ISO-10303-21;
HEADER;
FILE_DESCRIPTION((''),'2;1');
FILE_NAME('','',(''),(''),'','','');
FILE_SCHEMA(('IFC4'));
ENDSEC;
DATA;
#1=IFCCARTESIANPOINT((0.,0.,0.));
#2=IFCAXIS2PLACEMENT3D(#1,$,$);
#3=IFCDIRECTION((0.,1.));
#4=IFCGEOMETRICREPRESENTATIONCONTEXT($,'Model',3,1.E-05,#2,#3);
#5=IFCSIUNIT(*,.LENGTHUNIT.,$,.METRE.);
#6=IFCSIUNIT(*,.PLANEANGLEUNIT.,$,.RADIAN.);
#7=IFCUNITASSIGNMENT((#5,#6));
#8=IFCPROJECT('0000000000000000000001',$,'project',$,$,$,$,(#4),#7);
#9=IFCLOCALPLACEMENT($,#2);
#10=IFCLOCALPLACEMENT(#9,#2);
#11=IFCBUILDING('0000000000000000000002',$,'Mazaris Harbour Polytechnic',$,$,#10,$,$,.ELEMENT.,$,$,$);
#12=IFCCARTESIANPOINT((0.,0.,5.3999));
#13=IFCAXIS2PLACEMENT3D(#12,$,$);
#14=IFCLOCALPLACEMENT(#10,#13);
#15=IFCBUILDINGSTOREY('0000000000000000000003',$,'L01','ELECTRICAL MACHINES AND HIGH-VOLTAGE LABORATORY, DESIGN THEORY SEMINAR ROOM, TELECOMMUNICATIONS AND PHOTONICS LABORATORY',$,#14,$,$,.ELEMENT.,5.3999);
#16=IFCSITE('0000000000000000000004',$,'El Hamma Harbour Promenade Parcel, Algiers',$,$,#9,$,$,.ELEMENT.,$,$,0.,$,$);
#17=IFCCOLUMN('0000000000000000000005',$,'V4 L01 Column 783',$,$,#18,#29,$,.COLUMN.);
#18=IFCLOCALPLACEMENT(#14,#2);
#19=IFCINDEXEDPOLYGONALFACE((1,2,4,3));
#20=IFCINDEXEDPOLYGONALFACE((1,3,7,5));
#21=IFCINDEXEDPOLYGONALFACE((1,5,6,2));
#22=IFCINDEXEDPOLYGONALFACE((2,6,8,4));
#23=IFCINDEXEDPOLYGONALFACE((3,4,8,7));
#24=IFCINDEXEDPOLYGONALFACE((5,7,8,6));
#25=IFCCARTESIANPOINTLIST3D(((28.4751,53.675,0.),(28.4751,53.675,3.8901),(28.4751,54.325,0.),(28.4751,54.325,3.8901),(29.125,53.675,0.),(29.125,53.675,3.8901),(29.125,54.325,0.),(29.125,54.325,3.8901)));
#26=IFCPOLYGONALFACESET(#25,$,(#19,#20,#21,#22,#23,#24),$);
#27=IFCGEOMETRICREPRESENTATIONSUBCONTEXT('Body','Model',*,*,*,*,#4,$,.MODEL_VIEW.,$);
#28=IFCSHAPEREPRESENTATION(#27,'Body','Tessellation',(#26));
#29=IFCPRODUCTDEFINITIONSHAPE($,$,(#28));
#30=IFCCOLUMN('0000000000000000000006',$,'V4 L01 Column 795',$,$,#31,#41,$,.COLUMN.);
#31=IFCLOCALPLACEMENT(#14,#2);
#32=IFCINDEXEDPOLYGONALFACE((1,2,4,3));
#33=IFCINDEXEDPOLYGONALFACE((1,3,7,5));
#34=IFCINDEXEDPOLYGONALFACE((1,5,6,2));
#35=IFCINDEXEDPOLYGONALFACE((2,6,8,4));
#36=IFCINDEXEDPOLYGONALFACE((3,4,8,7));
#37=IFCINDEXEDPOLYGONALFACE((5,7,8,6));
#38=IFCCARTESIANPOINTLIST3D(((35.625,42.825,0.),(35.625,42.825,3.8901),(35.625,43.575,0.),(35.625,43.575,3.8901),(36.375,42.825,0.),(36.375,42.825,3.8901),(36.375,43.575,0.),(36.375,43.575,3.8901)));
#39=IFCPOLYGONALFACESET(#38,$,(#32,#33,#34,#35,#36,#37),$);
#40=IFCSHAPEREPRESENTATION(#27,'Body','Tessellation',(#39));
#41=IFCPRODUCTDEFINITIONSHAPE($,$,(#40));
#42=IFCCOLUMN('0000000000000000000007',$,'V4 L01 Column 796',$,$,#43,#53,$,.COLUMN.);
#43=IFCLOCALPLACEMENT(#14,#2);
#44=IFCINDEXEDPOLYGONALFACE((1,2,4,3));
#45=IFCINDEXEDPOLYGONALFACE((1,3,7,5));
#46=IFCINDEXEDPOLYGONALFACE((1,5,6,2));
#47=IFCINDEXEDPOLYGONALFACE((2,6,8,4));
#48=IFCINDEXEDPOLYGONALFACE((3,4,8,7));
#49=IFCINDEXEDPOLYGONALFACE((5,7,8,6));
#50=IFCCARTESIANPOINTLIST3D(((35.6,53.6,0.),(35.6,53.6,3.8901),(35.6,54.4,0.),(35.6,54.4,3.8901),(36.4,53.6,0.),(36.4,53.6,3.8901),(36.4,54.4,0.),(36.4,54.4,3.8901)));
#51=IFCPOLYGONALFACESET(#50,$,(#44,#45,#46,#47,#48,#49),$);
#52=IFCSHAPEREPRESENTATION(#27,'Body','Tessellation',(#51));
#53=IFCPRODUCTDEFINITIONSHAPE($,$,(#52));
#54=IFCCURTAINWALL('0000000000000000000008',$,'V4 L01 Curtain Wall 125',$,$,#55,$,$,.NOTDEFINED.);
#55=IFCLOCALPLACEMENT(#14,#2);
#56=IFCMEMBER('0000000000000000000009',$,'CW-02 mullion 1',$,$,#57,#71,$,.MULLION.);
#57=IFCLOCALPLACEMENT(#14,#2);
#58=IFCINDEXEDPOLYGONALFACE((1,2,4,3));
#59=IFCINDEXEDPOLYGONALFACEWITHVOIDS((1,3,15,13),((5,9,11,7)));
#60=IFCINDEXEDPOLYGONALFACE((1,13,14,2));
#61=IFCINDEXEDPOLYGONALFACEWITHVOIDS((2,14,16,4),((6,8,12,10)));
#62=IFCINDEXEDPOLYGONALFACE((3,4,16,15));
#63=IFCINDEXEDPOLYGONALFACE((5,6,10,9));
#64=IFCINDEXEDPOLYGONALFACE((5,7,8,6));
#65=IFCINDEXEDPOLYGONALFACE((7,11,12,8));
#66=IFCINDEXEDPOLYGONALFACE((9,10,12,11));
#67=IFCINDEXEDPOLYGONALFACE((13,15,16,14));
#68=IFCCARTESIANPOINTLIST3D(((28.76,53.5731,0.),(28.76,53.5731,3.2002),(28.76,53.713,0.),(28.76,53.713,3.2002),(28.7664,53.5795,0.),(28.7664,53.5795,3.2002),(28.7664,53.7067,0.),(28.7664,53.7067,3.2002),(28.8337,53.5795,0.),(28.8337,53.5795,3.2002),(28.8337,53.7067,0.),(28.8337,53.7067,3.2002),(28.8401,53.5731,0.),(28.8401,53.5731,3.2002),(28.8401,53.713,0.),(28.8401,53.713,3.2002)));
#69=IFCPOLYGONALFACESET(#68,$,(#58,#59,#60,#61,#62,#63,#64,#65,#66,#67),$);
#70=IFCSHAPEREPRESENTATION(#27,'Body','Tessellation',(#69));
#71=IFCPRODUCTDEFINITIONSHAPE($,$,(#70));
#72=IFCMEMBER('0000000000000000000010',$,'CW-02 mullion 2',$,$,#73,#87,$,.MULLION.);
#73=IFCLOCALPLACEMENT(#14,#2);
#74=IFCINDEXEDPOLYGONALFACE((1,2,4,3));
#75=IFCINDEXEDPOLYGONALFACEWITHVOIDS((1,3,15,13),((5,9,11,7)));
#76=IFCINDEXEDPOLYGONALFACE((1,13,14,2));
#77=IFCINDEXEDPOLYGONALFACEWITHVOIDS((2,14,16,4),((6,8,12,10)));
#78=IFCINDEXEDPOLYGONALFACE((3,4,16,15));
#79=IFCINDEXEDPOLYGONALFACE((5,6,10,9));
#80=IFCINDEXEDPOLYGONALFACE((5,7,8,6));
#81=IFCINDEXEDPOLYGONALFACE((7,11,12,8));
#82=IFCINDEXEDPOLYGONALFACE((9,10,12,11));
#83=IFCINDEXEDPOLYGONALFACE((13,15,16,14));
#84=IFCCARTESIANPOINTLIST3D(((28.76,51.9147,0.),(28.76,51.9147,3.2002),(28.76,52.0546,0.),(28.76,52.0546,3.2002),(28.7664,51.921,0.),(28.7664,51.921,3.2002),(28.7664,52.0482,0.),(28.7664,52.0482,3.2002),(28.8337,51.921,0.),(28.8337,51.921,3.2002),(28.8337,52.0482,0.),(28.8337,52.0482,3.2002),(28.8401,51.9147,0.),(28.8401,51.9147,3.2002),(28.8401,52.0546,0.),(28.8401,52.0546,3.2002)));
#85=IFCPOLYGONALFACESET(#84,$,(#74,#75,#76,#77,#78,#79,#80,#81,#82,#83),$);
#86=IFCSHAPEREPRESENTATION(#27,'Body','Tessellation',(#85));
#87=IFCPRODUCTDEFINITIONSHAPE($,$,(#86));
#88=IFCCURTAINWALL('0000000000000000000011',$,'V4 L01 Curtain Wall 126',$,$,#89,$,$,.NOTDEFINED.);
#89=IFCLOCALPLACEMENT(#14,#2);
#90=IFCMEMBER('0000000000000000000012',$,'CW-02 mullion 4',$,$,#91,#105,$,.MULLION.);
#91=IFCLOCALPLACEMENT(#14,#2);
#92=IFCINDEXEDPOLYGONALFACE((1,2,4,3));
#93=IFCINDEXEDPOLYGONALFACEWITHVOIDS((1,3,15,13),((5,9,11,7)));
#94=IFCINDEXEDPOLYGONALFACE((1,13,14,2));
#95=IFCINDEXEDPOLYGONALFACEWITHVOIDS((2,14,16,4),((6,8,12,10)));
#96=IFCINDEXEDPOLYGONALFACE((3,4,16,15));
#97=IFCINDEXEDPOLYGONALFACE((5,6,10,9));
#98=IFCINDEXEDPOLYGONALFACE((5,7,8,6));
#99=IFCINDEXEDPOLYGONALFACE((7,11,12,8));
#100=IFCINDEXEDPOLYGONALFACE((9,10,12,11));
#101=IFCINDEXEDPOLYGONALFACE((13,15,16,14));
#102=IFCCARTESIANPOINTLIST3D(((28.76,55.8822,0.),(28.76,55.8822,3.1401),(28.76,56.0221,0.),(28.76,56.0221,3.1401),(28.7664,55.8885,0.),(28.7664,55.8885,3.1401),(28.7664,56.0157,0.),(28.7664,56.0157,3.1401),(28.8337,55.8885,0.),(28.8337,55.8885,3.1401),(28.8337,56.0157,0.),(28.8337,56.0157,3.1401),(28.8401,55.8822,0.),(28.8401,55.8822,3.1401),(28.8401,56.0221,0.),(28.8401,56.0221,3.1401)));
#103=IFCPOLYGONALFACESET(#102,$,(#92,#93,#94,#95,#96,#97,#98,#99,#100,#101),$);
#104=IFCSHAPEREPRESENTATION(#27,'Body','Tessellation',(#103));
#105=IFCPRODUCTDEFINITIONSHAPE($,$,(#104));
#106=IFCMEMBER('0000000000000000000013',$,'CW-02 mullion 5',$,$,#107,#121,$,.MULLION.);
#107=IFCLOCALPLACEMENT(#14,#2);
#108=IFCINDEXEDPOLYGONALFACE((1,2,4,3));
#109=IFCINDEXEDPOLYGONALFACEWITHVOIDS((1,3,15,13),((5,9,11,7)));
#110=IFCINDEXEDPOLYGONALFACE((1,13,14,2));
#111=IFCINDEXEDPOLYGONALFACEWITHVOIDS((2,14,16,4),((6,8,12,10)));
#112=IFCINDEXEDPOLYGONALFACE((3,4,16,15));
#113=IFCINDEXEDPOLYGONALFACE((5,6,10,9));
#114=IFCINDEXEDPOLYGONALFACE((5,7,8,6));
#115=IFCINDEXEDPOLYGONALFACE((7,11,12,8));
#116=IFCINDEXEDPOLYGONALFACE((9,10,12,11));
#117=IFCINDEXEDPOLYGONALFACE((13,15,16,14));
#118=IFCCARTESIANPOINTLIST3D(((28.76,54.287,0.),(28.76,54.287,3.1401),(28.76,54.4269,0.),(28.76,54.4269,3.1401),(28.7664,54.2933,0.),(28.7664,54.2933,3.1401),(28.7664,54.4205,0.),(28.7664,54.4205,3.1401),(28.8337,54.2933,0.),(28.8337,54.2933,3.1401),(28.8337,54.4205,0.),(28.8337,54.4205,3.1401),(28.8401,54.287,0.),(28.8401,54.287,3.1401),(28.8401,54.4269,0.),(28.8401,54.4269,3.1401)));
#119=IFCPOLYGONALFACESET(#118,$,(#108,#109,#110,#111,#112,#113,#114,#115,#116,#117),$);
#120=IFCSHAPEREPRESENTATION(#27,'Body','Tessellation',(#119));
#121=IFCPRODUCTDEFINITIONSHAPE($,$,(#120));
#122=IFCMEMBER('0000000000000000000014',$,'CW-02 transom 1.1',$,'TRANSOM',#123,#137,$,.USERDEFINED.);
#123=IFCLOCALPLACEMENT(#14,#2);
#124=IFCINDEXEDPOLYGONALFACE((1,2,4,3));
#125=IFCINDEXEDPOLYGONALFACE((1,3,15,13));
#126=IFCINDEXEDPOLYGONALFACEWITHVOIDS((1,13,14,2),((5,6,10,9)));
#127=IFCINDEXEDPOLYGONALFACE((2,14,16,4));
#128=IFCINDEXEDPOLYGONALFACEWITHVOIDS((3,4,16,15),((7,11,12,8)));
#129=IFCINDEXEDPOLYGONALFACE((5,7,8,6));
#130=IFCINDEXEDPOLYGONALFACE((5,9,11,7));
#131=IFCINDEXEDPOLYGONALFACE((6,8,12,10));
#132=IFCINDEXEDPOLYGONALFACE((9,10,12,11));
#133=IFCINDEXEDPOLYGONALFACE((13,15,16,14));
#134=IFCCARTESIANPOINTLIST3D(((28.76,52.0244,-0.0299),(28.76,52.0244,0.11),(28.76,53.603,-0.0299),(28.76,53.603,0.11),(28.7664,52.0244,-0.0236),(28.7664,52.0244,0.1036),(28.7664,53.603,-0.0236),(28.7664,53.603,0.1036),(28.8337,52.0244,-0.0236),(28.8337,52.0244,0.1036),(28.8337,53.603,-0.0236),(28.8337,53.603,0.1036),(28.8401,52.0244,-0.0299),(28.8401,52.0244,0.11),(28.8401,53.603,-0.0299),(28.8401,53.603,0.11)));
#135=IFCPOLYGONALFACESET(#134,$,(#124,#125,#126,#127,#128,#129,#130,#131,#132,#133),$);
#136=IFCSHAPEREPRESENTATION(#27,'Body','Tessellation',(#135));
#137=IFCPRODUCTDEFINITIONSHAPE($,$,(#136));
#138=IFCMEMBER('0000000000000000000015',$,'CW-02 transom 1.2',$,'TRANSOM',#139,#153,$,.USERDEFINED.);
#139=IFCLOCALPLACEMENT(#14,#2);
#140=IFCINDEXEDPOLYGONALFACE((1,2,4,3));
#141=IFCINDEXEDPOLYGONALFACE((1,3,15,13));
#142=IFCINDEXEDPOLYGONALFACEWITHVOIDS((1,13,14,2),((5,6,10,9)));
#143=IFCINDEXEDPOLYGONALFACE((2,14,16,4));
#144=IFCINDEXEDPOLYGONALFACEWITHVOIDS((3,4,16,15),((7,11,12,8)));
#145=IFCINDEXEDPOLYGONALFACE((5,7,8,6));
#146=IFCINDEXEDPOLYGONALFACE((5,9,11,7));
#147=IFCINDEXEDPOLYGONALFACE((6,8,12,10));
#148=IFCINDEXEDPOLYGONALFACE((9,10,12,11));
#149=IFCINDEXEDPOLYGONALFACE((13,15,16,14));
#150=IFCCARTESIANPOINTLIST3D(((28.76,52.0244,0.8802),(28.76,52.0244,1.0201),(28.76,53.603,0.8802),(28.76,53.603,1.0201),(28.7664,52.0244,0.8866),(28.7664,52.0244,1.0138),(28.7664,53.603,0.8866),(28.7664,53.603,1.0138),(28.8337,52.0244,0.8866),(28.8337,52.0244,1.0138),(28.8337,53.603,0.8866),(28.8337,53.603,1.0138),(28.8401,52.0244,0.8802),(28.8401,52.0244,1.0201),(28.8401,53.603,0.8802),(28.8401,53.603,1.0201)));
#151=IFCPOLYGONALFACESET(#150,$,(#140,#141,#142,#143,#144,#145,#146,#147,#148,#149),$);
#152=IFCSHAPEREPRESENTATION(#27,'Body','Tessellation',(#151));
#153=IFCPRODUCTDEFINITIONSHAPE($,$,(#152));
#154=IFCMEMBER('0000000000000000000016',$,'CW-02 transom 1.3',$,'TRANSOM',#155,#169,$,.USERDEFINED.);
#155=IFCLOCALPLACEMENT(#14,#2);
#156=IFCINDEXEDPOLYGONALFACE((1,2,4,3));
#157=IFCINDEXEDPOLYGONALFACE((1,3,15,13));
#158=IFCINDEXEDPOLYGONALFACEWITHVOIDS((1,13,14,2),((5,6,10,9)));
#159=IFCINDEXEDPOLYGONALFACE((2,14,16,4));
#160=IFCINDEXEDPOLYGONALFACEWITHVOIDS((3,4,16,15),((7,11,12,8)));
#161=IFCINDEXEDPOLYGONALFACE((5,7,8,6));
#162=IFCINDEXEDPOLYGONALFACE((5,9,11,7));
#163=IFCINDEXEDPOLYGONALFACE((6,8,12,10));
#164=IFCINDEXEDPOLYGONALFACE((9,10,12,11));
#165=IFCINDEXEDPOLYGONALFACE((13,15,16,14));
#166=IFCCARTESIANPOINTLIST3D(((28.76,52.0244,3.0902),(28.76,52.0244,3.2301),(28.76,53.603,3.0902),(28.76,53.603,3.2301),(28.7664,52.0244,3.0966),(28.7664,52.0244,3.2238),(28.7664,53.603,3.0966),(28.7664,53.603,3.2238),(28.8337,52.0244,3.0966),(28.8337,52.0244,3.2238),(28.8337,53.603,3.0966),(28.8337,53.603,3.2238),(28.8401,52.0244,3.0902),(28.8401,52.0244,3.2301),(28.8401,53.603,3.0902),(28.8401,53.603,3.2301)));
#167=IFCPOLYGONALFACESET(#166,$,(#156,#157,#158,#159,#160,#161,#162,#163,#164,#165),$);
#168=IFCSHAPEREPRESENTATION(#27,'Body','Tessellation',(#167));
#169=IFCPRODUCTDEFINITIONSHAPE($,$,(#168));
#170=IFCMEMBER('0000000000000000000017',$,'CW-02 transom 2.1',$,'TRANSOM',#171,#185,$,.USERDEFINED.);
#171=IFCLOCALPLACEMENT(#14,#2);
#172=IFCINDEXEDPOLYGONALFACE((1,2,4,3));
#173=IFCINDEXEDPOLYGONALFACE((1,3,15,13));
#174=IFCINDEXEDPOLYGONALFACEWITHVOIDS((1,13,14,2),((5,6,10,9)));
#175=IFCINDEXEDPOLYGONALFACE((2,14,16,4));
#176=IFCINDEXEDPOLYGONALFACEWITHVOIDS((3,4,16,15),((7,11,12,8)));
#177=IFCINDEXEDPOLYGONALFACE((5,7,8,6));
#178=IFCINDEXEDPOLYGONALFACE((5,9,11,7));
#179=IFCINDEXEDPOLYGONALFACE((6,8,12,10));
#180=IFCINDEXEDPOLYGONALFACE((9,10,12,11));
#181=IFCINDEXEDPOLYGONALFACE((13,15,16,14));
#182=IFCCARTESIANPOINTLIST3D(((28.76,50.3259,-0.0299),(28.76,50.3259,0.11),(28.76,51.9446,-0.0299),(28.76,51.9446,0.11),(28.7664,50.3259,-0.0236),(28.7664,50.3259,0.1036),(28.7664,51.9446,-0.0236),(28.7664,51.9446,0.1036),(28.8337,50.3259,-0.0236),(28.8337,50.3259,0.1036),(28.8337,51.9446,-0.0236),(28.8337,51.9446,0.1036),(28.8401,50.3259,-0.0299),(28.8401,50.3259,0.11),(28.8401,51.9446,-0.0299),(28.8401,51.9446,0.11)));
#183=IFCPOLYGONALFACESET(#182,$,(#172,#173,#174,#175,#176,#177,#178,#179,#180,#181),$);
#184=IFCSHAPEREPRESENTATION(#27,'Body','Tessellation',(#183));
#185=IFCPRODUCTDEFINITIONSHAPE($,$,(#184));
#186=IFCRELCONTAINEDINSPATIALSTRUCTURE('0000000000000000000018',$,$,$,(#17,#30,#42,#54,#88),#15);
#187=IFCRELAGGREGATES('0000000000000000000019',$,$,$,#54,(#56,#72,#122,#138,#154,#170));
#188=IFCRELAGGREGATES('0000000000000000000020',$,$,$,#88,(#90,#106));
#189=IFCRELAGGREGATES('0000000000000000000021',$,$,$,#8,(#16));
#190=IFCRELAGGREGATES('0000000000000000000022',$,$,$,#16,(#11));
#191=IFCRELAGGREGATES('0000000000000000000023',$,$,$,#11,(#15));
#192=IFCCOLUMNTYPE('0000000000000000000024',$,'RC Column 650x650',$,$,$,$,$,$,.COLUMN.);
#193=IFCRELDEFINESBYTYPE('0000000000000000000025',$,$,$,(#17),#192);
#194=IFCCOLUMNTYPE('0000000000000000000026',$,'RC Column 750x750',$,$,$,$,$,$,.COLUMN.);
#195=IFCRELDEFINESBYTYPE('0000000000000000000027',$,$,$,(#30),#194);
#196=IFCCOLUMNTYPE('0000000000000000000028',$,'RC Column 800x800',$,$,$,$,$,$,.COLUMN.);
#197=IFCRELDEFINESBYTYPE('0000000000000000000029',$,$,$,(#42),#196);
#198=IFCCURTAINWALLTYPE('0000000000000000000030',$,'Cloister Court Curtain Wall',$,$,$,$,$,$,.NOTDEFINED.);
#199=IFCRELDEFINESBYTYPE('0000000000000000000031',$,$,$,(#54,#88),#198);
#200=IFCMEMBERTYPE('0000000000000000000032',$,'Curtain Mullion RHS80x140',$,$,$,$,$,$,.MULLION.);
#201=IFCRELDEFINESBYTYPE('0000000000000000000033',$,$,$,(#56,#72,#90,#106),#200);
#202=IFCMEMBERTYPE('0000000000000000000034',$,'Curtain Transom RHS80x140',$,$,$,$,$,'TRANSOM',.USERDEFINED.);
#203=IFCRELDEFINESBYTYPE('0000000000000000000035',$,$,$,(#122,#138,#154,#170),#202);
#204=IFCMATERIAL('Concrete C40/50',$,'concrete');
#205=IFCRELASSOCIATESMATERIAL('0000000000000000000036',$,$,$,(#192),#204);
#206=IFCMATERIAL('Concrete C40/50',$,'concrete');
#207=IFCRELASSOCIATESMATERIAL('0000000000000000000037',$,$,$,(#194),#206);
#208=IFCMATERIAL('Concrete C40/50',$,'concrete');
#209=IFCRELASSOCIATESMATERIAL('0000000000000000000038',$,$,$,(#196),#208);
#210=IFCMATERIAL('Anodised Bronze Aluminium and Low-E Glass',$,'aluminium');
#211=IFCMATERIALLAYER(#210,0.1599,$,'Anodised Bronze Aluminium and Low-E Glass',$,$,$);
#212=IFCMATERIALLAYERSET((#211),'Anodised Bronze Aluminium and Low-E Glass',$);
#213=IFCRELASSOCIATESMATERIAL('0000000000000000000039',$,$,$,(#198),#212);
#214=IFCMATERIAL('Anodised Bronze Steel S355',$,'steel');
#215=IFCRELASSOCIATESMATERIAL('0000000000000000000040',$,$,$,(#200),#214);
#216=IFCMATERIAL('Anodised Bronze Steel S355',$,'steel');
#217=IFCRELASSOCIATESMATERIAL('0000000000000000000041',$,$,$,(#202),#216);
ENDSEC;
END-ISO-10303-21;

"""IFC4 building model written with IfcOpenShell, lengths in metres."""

from ifc_helpers import new_model, si_unit, direction, frame, origin, origin_2d, place, context, subcontext, project, spatial, rectangle, hollow_rectangle, extrude, material, layer, layer_set, material_profile, profile_set, type_object, element, aggregate, save


model = new_model("IFC4")

# Units and contexts
model_context = context("Model", 3, precision=1e-05, world=origin(), true_north=direction((0.0, 1.0)))
body_context = subcontext(model_context, "Body", "Model", "MODEL_VIEW")
ifc_project = project(units=[si_unit("LENGTHUNIT", "METRE"), si_unit("PLANEANGLEUNIT", "RADIAN")], contexts=[model_context])

# Site, building, storey
site_placement = place(None, origin())
site = spatial("IfcSite", under=ifc_project, at=site_placement, Name="El Hamma Harbour Promenade Parcel, Algiers", CompositionType="ELEMENT", RefElevation=0.0)
building_placement = place(site_placement, origin())
building = spatial("IfcBuilding", under=site, at=building_placement, Name="Mazaris Harbour Polytechnic", CompositionType="ELEMENT")
storey_placement = place(building_placement, frame((0.0, 0.0, 5.3999)))
storey = spatial("IfcBuildingStorey", under=building, at=storey_placement, Name="L01", Description="ELECTRICAL MACHINES AND HIGH-VOLTAGE LABORATORY, DESIGN THEORY SEMINAR ROOM, TELECOMMUNICATIONS AND PHOTONICS LABORATORY", CompositionType="ELEMENT", Elevation=5.3999)

# Columns
ifc_material_1 = material(Name="Concrete C40/50", Category="concrete")
ifc_material_profile_1 = material_profile(ifc_material_1, rectangle(XDim=0.6499, YDim=0.6499, at=origin_2d()), Name="RECT650x650")
ifc_profile_set_1 = profile_set([ifc_material_profile_1], Name="Concrete C40/50")
column_type_1 = type_object("IfcColumnType", Name="RC Column 650x650", PredefinedType="COLUMN", material=ifc_profile_set_1)
column_1_placement = place(storey_placement, frame((28.8, 54.0, 0.0), z_axis=(0.0, 0.0, 1.0), x_axis=(1.0, 0.0, 0.0)))
element("IfcColumn", 1, at=column_1_placement, inside=storey, type_object=column_type_1, Name="V4 L01 Column 783", PredefinedType="COLUMN", context=body_context, shape_type="SweptSolid", body=[
    extrude(rectangle(XDim=0.6499, YDim=0.6499, at=origin_2d()), origin(), (0.0, 0.0, 1.0), 3.8901),
])
ifc_material_2 = material(Name="Concrete C40/50", Category="concrete")
ifc_material_profile_2 = material_profile(ifc_material_2, rectangle(XDim=0.75, YDim=0.75, at=origin_2d()), Name="RECT750x750")
ifc_profile_set_2 = profile_set([ifc_material_profile_2], Name="Concrete C40/50")
column_type_2 = type_object("IfcColumnType", Name="RC Column 750x750", PredefinedType="COLUMN", material=ifc_profile_set_2)
column_2_placement = place(storey_placement, frame((36.0, 43.2, 0.0), z_axis=(0.0, 0.0, 1.0), x_axis=(1.0, 0.0, 0.0)))
element("IfcColumn", 2, at=column_2_placement, inside=storey, type_object=column_type_2, Name="V4 L01 Column 795", PredefinedType="COLUMN", context=body_context, shape_type="SweptSolid", body=[
    extrude(rectangle(XDim=0.75, YDim=0.75, at=origin_2d()), origin(), (0.0, 0.0, 1.0), 3.8901),
])
ifc_material_3 = material(Name="Concrete C40/50", Category="concrete")
ifc_material_profile_3 = material_profile(ifc_material_3, rectangle(XDim=0.8, YDim=0.8, at=origin_2d()), Name="RECT800x800")
ifc_profile_set_3 = profile_set([ifc_material_profile_3], Name="Concrete C40/50")
column_type_3 = type_object("IfcColumnType", Name="RC Column 800x800", PredefinedType="COLUMN", material=ifc_profile_set_3)
column_3_placement = place(storey_placement, frame((36.0, 54.0, 0.0), z_axis=(0.0, 0.0, 1.0), x_axis=(1.0, 0.0, 0.0)))
element("IfcColumn", 3, at=column_3_placement, inside=storey, type_object=column_type_3, Name="V4 L01 Column 796", PredefinedType="COLUMN", context=body_context, shape_type="SweptSolid", body=[
    extrude(rectangle(XDim=0.8, YDim=0.8, at=origin_2d()), origin(), (0.0, 0.0, 1.0), 3.8901),
])

# Curtain walls, members
ifc_material_4 = material(Name="Anodised Bronze Aluminium and Low-E Glass", Category="aluminium")
ifc_layer_1 = layer(ifc_material_4, 0.1599, Name="Anodised Bronze Aluminium and Low-E Glass")
ifc_layer_set_1 = layer_set([ifc_layer_1], Name="Anodised Bronze Aluminium and Low-E Glass")
curtain_wall_type = type_object("IfcCurtainWallType", Name="Cloister Court Curtain Wall", PredefinedType="NOTDEFINED", material=ifc_layer_set_1)
curtain_wall_1_placement = place(storey_placement, origin())
curtain_wall_1 = element("IfcCurtainWall", 4, at=curtain_wall_1_placement, inside=storey, type_object=curtain_wall_type, Name="V4 L01 Curtain Wall 125", PredefinedType="NOTDEFINED")
ifc_material_5 = material(Name="Anodised Bronze Steel S355", Category="steel")
ifc_material_profile_4 = material_profile(ifc_material_5, hollow_rectangle(XDim=0.0801, YDim=0.1399, WallThickness=0.0063, at=origin_2d()), Name="RHS 80x140x6.3")
ifc_profile_set_4 = profile_set([ifc_material_profile_4], Name="Anodised Bronze Steel S355")
member_type_1 = type_object("IfcMemberType", Name="Curtain Mullion RHS80x140", PredefinedType="MULLION", material=ifc_profile_set_4)
member_1_placement = place(storey_placement, frame((28.8, 53.6431, 0.0), z_axis=(0.0, 0.0, 1.0), x_axis=(1.0, 0.0, 0.0)))
member_1 = element("IfcMember", 5, at=member_1_placement, type_object=member_type_1, Name="CW-02 mullion 1", PredefinedType="MULLION", context=body_context, shape_type="SweptSolid", body=[
    extrude(hollow_rectangle(XDim=0.0801, YDim=0.1399, WallThickness=0.0063, at=origin_2d()), origin(), (0.0, 0.0, 1.0), 3.2002),
])
member_2_placement = place(storey_placement, frame((28.8, 51.9846, 0.0), z_axis=(0.0, 0.0, 1.0), x_axis=(1.0, 0.0, 0.0)))
member_2 = element("IfcMember", 6, at=member_2_placement, type_object=member_type_1, Name="CW-02 mullion 2", PredefinedType="MULLION", context=body_context, shape_type="SweptSolid", body=[
    extrude(hollow_rectangle(XDim=0.0801, YDim=0.1399, WallThickness=0.0063, at=origin_2d()), origin(), (0.0, 0.0, 1.0), 3.2002),
])
curtain_wall_2_placement = place(storey_placement, origin())
curtain_wall_2 = element("IfcCurtainWall", 7, at=curtain_wall_2_placement, inside=storey, type_object=curtain_wall_type, Name="V4 L01 Curtain Wall 126", PredefinedType="NOTDEFINED")
member_3_placement = place(storey_placement, frame((28.8, 55.9521, 0.0), z_axis=(0.0, 0.0, 1.0), x_axis=(1.0, 0.0, 0.0)))
member_3 = element("IfcMember", 8, at=member_3_placement, type_object=member_type_1, Name="CW-02 mullion 4", PredefinedType="MULLION", context=body_context, shape_type="SweptSolid", body=[
    extrude(hollow_rectangle(XDim=0.0801, YDim=0.1399, WallThickness=0.0063, at=origin_2d()), origin(), (0.0, 0.0, 1.0), 3.1401),
])
member_4_placement = place(storey_placement, frame((28.8, 54.3569, 0.0), z_axis=(0.0, 0.0, 1.0), x_axis=(1.0, 0.0, 0.0)))
member_4 = element("IfcMember", 9, at=member_4_placement, type_object=member_type_1, Name="CW-02 mullion 5", PredefinedType="MULLION", context=body_context, shape_type="SweptSolid", body=[
    extrude(hollow_rectangle(XDim=0.0801, YDim=0.1399, WallThickness=0.0063, at=origin_2d()), origin(), (0.0, 0.0, 1.0), 3.1401),
])

# Members
ifc_material_6 = material(Name="Anodised Bronze Steel S355", Category="steel")
ifc_material_profile_5 = material_profile(ifc_material_6, hollow_rectangle(XDim=0.0801, YDim=0.1399, WallThickness=0.0063, at=origin_2d()), Name="RHS 80x140x6.3")
ifc_profile_set_5 = profile_set([ifc_material_profile_5], Name="Anodised Bronze Steel S355")
member_type_2 = type_object("IfcMemberType", Name="Curtain Transom RHS80x140", ElementType="TRANSOM", PredefinedType="USERDEFINED", material=ifc_profile_set_5)
member_5_placement = place(storey_placement, frame((28.8, 53.603, 0.04), z_axis=(0.0, -1.0, 0.0), x_axis=(1.0, 0.0, 0.0)))
member_5 = element("IfcMember", 10, at=member_5_placement, type_object=member_type_2, Name="CW-02 transom 1.1", ObjectType="TRANSOM", PredefinedType="USERDEFINED", context=body_context, shape_type="SweptSolid", body=[
    extrude(hollow_rectangle(XDim=0.0801, YDim=0.1399, WallThickness=0.0063, at=origin_2d()), origin(), (0.0, 0.0, 1.0), 1.5786),
])
member_6_placement = place(storey_placement, frame((28.8, 53.603, 0.9502), z_axis=(0.0, -1.0, 0.0), x_axis=(1.0, 0.0, 0.0)))
member_6 = element("IfcMember", 11, at=member_6_placement, type_object=member_type_2, Name="CW-02 transom 1.2", ObjectType="TRANSOM", PredefinedType="USERDEFINED", context=body_context, shape_type="SweptSolid", body=[
    extrude(hollow_rectangle(XDim=0.0801, YDim=0.1399, WallThickness=0.0063, at=origin_2d()), origin(), (0.0, 0.0, 1.0), 1.5786),
])
member_7_placement = place(storey_placement, frame((28.8, 53.603, 3.1602), z_axis=(0.0, -1.0, 0.0), x_axis=(1.0, 0.0, 0.0)))
member_7 = element("IfcMember", 12, at=member_7_placement, type_object=member_type_2, Name="CW-02 transom 1.3", ObjectType="TRANSOM", PredefinedType="USERDEFINED", context=body_context, shape_type="SweptSolid", body=[
    extrude(hollow_rectangle(XDim=0.0801, YDim=0.1399, WallThickness=0.0063, at=origin_2d()), origin(), (0.0, 0.0, 1.0), 1.5786),
])
member_8_placement = place(storey_placement, frame((28.8, 51.9446, 0.04), z_axis=(0.0, -1.0, 0.0), x_axis=(1.0, 0.0, 0.0)))
member_8 = element("IfcMember", 13, at=member_8_placement, type_object=member_type_2, Name="CW-02 transom 2.1", ObjectType="TRANSOM", PredefinedType="USERDEFINED", context=body_context, shape_type="SweptSolid", body=[
    extrude(hollow_rectangle(XDim=0.0801, YDim=0.1399, WallThickness=0.0063, at=origin_2d()), origin(), (0.0, 0.0, 1.0), 1.6187),
])

aggregate(curtain_wall_1, [member_1, member_2, member_5, member_6, member_7, member_8])
aggregate(curtain_wall_2, [member_3, member_4])

save(model, "model.ifc")
